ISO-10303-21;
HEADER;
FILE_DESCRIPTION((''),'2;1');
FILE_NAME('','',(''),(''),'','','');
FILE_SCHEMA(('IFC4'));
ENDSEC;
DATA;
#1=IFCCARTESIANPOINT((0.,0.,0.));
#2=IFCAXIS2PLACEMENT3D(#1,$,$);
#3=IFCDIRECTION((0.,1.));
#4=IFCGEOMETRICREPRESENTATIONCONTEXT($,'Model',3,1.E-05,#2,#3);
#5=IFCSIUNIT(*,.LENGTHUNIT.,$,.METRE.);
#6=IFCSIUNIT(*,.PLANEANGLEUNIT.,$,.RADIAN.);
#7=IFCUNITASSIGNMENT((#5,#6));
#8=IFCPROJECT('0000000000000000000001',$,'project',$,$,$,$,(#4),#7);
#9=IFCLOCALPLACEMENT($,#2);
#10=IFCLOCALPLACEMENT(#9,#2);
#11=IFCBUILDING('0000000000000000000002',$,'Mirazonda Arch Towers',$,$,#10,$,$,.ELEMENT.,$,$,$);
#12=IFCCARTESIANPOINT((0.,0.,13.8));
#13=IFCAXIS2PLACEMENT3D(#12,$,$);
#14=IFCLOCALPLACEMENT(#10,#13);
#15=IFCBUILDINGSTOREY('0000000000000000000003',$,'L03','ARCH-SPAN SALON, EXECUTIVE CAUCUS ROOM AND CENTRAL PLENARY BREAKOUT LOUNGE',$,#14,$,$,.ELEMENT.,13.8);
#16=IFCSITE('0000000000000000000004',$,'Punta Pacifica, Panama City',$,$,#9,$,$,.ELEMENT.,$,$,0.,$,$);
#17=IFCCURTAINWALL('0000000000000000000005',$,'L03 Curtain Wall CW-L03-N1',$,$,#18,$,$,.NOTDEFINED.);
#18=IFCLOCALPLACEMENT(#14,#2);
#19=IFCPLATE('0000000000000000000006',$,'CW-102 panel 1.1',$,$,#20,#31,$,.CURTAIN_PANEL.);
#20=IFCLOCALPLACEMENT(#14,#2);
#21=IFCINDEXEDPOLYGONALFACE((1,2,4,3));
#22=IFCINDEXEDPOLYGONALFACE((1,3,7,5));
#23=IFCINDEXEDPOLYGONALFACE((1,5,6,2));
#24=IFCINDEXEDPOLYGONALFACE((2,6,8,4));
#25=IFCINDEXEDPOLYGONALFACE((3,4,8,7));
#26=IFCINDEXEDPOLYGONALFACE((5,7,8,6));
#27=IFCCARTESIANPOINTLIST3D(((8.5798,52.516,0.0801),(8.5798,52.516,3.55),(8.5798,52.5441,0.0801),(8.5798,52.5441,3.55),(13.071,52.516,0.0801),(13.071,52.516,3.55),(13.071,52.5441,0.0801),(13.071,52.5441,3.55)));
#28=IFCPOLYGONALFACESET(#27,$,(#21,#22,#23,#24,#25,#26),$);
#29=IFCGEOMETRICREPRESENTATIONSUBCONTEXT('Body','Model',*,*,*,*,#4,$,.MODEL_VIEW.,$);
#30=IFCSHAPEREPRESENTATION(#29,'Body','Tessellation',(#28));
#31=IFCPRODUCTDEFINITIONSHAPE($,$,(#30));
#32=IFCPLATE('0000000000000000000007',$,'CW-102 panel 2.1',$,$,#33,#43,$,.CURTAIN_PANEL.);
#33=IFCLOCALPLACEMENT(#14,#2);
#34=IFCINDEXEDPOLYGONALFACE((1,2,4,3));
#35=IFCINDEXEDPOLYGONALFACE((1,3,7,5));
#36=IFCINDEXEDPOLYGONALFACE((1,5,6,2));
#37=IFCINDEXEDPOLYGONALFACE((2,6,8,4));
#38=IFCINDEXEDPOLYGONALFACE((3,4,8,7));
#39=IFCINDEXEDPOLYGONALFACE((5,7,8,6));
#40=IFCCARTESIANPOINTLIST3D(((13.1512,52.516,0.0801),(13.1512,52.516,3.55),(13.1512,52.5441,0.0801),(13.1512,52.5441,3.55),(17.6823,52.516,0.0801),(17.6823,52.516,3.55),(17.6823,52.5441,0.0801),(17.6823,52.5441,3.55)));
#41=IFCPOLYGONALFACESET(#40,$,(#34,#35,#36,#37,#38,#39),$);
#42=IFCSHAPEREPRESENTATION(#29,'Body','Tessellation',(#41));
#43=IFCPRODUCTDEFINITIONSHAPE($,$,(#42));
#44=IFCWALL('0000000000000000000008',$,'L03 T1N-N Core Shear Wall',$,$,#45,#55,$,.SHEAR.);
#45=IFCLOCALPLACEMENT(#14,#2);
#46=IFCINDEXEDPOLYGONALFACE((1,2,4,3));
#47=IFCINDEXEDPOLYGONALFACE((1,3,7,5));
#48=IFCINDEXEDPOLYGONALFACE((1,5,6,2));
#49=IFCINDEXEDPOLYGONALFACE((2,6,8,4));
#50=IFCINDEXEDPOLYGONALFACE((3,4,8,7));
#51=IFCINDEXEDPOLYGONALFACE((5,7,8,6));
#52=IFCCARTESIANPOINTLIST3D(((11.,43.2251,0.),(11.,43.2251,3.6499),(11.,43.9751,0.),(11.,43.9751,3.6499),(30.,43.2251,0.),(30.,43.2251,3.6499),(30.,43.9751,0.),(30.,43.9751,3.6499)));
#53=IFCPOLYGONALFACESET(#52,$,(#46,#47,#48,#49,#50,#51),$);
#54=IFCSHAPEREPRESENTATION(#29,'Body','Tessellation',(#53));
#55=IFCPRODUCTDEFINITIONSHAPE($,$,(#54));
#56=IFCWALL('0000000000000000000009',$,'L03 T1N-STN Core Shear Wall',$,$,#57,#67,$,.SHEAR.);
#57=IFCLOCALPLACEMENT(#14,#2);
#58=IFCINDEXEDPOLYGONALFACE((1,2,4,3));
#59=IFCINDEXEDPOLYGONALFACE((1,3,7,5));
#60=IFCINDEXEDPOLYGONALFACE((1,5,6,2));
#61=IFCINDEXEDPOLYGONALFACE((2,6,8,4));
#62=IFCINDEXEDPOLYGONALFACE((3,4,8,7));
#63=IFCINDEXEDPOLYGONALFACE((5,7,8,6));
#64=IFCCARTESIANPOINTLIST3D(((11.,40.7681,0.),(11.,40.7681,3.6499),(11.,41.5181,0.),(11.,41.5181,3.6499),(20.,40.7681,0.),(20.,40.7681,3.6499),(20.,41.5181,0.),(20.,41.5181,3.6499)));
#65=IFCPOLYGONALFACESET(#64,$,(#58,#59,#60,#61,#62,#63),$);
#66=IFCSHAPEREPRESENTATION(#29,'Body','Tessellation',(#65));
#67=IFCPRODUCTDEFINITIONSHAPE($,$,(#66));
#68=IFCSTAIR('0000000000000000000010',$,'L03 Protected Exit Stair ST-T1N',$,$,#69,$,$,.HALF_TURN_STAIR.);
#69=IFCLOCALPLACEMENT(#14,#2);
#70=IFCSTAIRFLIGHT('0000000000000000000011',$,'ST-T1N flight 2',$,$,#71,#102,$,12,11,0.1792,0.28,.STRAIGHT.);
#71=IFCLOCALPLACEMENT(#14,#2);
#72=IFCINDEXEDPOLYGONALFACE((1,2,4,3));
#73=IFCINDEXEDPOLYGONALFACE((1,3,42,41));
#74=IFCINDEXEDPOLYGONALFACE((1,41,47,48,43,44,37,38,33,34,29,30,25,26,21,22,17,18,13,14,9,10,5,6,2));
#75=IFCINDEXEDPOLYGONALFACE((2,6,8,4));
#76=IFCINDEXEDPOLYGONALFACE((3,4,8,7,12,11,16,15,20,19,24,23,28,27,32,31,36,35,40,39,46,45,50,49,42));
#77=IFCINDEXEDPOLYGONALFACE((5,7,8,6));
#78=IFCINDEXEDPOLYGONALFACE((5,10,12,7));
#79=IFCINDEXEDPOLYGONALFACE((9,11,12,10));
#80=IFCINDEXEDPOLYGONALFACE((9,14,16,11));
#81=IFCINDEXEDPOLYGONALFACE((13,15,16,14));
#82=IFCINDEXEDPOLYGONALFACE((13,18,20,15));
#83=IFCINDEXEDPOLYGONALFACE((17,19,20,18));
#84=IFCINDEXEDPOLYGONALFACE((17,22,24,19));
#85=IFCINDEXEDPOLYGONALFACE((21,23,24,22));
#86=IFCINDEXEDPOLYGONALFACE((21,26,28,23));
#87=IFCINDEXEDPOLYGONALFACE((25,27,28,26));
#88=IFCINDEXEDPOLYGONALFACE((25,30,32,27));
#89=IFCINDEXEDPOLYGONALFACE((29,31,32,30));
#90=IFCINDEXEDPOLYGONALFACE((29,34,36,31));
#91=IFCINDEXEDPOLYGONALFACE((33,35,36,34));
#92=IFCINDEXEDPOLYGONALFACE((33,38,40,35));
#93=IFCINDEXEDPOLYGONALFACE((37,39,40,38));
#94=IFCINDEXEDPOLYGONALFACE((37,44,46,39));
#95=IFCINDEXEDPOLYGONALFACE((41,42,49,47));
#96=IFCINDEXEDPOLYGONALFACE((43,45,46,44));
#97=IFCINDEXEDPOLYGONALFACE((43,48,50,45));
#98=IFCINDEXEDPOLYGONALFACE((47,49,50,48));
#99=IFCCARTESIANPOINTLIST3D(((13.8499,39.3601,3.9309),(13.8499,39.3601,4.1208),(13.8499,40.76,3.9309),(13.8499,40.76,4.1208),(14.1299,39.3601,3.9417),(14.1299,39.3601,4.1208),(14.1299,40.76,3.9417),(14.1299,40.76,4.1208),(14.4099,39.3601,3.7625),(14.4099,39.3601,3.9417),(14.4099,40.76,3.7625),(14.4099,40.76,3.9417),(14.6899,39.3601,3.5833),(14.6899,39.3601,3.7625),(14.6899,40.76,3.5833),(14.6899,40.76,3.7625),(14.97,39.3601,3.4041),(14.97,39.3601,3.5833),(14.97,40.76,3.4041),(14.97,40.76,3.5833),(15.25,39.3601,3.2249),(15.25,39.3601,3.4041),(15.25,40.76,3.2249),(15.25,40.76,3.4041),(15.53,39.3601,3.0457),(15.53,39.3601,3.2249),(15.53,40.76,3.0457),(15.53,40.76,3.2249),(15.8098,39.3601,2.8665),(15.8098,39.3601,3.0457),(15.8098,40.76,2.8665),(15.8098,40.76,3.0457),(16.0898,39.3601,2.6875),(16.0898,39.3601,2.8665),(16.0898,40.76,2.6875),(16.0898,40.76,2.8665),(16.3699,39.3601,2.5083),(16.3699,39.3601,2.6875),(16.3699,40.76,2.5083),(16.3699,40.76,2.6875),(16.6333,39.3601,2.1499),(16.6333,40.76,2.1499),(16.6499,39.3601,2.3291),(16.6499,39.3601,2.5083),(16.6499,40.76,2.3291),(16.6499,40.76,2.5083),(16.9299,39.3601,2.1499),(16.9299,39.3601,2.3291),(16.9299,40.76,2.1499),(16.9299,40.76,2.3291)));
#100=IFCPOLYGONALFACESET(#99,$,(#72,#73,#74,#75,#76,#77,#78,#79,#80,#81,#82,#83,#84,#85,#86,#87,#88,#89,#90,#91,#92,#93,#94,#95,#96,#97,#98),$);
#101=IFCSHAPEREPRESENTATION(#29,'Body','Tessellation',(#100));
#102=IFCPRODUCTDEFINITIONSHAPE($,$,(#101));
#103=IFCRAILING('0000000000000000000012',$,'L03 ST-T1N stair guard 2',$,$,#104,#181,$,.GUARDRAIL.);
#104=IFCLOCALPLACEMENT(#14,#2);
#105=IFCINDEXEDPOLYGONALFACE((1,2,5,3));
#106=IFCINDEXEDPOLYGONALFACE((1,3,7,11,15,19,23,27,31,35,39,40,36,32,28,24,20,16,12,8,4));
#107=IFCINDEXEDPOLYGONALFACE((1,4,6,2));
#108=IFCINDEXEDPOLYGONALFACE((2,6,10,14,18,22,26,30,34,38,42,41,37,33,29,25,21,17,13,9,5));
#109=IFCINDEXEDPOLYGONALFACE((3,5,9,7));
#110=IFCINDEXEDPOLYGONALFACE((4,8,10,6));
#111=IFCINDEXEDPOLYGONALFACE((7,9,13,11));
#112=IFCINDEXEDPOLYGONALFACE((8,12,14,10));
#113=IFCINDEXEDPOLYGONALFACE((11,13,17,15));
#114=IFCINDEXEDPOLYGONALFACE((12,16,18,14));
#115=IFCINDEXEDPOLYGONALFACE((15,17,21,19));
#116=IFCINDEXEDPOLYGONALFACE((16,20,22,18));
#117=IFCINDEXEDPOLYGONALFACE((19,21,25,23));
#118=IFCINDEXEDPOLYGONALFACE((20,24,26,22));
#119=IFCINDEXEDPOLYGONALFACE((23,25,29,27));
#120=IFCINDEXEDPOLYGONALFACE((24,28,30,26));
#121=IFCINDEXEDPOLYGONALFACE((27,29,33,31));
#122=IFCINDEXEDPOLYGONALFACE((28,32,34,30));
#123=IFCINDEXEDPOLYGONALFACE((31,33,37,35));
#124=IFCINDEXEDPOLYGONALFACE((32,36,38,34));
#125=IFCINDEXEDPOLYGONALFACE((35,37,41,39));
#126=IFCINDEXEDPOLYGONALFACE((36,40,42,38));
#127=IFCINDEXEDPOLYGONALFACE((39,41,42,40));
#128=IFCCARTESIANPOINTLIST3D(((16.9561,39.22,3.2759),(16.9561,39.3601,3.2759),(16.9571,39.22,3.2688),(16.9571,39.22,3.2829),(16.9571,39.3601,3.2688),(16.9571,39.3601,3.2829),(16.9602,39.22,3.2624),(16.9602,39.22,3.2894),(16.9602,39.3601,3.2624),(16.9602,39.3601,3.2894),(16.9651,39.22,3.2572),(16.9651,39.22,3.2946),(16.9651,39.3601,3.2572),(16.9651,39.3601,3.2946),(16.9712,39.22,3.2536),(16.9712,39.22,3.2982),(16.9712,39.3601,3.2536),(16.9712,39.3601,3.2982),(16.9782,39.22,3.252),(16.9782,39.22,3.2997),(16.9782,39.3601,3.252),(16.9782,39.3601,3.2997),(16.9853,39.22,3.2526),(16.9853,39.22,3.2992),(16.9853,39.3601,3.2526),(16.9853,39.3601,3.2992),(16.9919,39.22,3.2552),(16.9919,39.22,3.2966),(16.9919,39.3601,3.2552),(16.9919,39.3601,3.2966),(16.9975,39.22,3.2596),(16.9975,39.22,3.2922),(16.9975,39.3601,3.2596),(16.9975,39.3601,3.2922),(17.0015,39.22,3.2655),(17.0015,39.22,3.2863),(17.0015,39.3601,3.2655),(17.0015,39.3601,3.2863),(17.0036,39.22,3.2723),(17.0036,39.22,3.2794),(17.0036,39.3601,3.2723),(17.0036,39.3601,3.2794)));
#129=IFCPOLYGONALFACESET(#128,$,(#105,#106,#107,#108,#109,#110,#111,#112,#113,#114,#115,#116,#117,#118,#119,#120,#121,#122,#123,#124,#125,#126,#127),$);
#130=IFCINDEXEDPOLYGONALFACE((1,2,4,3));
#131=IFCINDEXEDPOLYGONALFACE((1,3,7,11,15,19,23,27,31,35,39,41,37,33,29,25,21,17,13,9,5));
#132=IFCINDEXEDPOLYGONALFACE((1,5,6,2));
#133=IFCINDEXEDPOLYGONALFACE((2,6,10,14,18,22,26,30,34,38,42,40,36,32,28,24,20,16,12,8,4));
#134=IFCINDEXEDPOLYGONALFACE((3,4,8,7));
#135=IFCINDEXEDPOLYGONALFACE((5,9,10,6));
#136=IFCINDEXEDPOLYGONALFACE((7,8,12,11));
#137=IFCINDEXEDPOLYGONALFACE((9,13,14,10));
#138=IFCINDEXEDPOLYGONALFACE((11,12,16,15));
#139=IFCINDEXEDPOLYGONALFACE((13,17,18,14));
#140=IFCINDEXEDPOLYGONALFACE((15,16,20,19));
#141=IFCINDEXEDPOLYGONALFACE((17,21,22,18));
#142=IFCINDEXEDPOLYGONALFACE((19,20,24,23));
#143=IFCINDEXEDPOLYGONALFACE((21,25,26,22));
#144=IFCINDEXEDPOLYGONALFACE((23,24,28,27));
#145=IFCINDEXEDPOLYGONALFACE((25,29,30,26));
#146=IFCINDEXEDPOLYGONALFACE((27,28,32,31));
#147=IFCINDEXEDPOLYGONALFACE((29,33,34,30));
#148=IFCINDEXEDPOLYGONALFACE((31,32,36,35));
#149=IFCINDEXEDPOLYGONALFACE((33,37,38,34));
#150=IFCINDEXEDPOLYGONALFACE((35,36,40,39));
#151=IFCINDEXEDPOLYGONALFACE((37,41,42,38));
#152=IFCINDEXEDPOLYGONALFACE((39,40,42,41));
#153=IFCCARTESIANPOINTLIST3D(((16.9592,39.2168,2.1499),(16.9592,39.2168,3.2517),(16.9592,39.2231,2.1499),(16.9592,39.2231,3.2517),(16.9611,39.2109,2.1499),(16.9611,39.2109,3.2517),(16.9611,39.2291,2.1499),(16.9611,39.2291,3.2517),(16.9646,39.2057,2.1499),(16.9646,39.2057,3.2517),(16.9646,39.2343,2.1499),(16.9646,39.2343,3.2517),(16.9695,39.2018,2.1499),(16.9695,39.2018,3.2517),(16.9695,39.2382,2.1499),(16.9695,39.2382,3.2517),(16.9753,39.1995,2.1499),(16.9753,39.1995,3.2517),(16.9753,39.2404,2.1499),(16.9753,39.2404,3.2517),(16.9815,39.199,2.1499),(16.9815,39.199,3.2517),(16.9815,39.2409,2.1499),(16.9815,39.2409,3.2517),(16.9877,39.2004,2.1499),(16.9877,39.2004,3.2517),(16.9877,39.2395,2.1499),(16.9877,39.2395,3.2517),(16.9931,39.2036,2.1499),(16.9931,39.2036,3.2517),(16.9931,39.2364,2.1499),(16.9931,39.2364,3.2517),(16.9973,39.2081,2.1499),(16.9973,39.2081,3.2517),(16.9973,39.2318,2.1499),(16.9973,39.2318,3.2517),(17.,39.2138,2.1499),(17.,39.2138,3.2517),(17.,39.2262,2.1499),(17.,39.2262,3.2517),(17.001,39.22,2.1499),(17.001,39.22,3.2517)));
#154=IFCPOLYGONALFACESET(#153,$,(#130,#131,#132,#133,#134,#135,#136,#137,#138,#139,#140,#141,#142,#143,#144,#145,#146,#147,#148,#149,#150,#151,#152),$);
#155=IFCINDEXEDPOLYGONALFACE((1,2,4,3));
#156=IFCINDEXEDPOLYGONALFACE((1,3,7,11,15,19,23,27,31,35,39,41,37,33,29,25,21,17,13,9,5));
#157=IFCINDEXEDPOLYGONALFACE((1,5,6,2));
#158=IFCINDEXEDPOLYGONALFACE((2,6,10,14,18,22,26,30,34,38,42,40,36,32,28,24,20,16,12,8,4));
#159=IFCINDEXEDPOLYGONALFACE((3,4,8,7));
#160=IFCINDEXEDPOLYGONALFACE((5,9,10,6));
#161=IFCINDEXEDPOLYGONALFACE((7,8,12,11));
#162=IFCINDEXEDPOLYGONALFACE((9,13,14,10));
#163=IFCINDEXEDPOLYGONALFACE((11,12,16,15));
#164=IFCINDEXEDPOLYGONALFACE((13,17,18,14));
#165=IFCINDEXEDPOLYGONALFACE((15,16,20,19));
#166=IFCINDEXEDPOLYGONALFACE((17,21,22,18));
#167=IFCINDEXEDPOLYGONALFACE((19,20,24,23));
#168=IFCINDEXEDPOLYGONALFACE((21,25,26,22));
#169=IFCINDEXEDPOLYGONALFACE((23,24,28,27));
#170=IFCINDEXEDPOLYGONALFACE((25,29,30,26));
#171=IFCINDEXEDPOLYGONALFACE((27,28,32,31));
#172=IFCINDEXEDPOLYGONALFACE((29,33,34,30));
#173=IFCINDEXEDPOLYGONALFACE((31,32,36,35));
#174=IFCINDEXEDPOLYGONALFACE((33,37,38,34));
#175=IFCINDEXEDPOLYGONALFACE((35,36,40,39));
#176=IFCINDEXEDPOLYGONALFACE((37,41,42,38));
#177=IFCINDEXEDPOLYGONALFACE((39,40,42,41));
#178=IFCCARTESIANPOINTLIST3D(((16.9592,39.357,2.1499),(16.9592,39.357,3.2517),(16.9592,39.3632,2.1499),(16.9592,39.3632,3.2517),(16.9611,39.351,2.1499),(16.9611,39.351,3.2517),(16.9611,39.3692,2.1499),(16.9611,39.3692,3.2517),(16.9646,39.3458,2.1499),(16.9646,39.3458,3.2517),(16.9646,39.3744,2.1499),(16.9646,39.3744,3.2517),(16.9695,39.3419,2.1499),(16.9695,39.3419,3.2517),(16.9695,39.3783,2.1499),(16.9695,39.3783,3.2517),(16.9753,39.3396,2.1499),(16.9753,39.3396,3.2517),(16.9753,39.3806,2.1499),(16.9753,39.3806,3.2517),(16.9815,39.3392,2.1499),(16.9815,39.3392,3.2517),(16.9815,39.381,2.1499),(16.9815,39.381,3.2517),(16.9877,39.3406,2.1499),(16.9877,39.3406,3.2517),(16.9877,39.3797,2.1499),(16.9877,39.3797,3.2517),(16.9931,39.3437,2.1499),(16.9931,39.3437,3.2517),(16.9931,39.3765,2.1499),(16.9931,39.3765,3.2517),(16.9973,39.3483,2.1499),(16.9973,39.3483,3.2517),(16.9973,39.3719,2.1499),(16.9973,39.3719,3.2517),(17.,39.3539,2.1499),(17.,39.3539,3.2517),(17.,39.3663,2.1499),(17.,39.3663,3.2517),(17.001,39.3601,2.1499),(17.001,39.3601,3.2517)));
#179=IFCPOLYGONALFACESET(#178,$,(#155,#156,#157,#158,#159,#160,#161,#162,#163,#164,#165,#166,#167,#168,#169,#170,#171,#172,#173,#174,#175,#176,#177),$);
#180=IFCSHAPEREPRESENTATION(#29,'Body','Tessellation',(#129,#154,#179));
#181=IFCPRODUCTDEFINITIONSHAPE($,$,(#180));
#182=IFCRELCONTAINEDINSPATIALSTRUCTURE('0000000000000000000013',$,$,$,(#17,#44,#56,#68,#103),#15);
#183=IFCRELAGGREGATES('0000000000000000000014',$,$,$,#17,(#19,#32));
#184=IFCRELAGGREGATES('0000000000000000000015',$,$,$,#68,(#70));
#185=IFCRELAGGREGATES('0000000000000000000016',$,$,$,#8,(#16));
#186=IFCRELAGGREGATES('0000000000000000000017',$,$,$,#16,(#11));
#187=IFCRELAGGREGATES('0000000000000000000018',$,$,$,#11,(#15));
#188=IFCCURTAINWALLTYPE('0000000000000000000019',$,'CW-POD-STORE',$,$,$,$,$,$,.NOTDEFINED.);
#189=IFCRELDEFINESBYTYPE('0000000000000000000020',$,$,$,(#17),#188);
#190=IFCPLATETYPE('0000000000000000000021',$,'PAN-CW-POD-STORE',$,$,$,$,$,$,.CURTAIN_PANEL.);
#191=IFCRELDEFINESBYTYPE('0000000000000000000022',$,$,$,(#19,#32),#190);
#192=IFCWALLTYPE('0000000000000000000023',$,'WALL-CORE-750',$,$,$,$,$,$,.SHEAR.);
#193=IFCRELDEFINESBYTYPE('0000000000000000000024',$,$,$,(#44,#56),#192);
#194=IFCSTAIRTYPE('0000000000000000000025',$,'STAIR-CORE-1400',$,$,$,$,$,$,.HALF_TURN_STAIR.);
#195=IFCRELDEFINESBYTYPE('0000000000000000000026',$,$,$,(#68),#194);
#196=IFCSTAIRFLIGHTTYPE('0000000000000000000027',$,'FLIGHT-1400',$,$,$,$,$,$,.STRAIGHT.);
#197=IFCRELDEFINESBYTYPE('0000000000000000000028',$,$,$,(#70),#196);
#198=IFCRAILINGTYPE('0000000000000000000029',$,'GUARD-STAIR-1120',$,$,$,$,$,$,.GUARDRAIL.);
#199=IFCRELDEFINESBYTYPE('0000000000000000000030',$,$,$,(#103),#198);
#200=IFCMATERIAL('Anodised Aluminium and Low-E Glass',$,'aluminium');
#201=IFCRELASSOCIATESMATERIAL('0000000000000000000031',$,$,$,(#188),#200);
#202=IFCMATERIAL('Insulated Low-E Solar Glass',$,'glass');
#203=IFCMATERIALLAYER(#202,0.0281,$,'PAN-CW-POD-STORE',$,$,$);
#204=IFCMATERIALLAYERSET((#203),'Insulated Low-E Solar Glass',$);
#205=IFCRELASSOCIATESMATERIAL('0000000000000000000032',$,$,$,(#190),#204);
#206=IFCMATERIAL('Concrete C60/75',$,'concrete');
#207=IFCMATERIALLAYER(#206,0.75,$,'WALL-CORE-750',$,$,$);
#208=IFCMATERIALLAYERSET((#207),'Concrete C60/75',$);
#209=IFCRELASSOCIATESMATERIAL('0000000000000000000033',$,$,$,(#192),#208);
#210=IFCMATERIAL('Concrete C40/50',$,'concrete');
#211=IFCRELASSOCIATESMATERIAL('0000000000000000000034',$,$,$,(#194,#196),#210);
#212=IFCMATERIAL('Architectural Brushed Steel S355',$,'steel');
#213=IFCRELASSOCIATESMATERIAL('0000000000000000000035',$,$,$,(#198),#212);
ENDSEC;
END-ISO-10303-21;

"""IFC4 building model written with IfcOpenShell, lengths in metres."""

from ifc_helpers import new_model, si_unit, direction, frame, frame_2d, origin, origin_2d, place, context, subcontext, project, spatial, polyline, rectangle, circle, outline, extrude, material, layer, layer_set, type_object, element, aggregate, save


model = new_model("IFC4")

# Units and contexts
model_context = context("Model", 3, precision=1e-05, world=origin(), true_north=direction((0.0, 1.0)))
body_context = subcontext(model_context, "Body", "Model", "MODEL_VIEW")
ifc_project = project(units=[si_unit("LENGTHUNIT", "METRE"), si_unit("PLANEANGLEUNIT", "RADIAN")], contexts=[model_context])

# Site, building, storey
site_placement = place(None, origin())
site = spatial("IfcSite", under=ifc_project, at=site_placement, Name="Punta Pacifica, Panama City", CompositionType="ELEMENT", RefElevation=0.0)
building_placement = place(site_placement, origin())
building = spatial("IfcBuilding", under=site, at=building_placement, Name="Mirazonda Arch Towers", CompositionType="ELEMENT")
storey_placement = place(building_placement, frame((0.0, 0.0, 13.8)))
storey = spatial("IfcBuildingStorey", under=building, at=storey_placement, Name="L03", Description="ARCH-SPAN SALON, EXECUTIVE CAUCUS ROOM AND CENTRAL PLENARY BREAKOUT LOUNGE", CompositionType="ELEMENT", Elevation=13.8)

# Shared definitions
ifc_material_1 = material(Name="Concrete C60/75", Category="concrete")

# Curtain wall, plates
ifc_material_2 = material(Name="Anodised Aluminium and Low-E Glass", Category="aluminium")
curtain_wall_type = type_object("IfcCurtainWallType", Name="CW-POD-STORE", PredefinedType="NOTDEFINED", material=ifc_material_2)
curtain_wall_placement = place(storey_placement, origin())
curtain_wall = element("IfcCurtainWall", 1, at=curtain_wall_placement, inside=storey, type_object=curtain_wall_type, Name="L03 Curtain Wall CW-L03-N1", PredefinedType="NOTDEFINED")
ifc_material_3 = material(Name="Insulated Low-E Solar Glass", Category="glass")
ifc_layer_1 = layer(ifc_material_3, 0.0281, Name="PAN-CW-POD-STORE")
ifc_layer_set_1 = layer_set([ifc_layer_1], Name="Insulated Low-E Solar Glass")
plate_type = type_object("IfcPlateType", Name="PAN-CW-POD-STORE", PredefinedType="CURTAIN_PANEL", material=ifc_layer_set_1)
plate_1_placement = place(storey_placement, frame((10.8254, 52.53, 0.0801), z_axis=(0.0, 0.0, 1.0), x_axis=(1.0, 0.0, 0.0)))
plate_1 = element("IfcPlate", 2, at=plate_1_placement, type_object=plate_type, Name="CW-102 panel 1.1", PredefinedType="CURTAIN_PANEL", context=body_context, shape_type="SweptSolid", body=[
    extrude(rectangle(XDim=4.4912, YDim=0.0281, at=origin_2d()), origin(), (0.0, 0.0, 1.0), 3.47),
])
plate_2_placement = place(storey_placement, frame((15.4167, 52.53, 0.0801), z_axis=(0.0, 0.0, 1.0), x_axis=(1.0, 0.0, 0.0)))
plate_2 = element("IfcPlate", 3, at=plate_2_placement, type_object=plate_type, Name="CW-102 panel 2.1", PredefinedType="CURTAIN_PANEL", context=body_context, shape_type="SweptSolid", body=[
    extrude(rectangle(XDim=4.531, YDim=0.0281, at=origin_2d()), origin(), (0.0, 0.0, 1.0), 3.47),
])
aggregate(curtain_wall, [plate_1, plate_2])

# Walls
ifc_layer_2 = layer(ifc_material_1, 0.75, Name="WALL-CORE-750")
ifc_layer_set_2 = layer_set([ifc_layer_2], Name="Concrete C60/75")
wall_type = type_object("IfcWallType", Name="WALL-CORE-750", PredefinedType="SHEAR", material=ifc_layer_set_2)
wall_1_placement = place(storey_placement, frame((11.0, 43.6001, 0.0), z_axis=(0.0, 0.0, 1.0), x_axis=(1.0, 0.0, 0.0)))
element("IfcWall", 4, at=wall_1_placement, inside=storey, type_object=wall_type, Name="L03 T1N-N Core Shear Wall", PredefinedType="SHEAR", context=body_context, shape_type="SweptSolid", body=[
    extrude(rectangle(XDim=19.0, YDim=0.75, at=frame_2d((9.5, 0.0))), origin(), (0.0, 0.0, 1.0), 3.6499),
])
wall_2_placement = place(storey_placement, frame((11.0, 41.1431, 0.0), z_axis=(0.0, 0.0, 1.0), x_axis=(1.0, 0.0, 0.0)))
element("IfcWall", 5, at=wall_2_placement, inside=storey, type_object=wall_type, Name="L03 T1N-STN Core Shear Wall", PredefinedType="SHEAR", context=body_context, shape_type="SweptSolid", body=[
    extrude(rectangle(XDim=9.0, YDim=0.75, at=frame_2d((4.5, 0.0))), origin(), (0.0, 0.0, 1.0), 3.6499),
])

# Stair, stair flight
ifc_material_4 = material(Name="Concrete C40/50", Category="concrete")
stair_type = type_object("IfcStairType", Name="STAIR-CORE-1400", PredefinedType="HALF_TURN_STAIR", material=ifc_material_4)
stair_placement = place(storey_placement, origin())
stair = element("IfcStair", 6, at=stair_placement, inside=storey, type_object=stair_type, Name="L03 Protected Exit Stair ST-T1N", PredefinedType="HALF_TURN_STAIR")
stair_flight_type = type_object("IfcStairFlightType", Name="FLIGHT-1400", PredefinedType="STRAIGHT", material=ifc_material_4)
stair_flight_placement = place(storey_placement, frame((16.9299, 40.0601, 2.1499), z_axis=(0.0, 0.0, 1.0), x_axis=(-1.0, 0.0, 0.0)))
stair_flight = element("IfcStairFlight", 7, at=stair_flight_placement, type_object=stair_flight_type, Name="ST-T1N flight 2", NumberOfRisers=12, NumberOfTreads=11, PredefinedType="STRAIGHT", RiserHeight=0.1792, TreadLength=0.28, context=body_context, shape_type="SweptSolid", body=[
    extrude(outline(polyline([(0.0, 0.0), (0.0, 0.1792), (0.28, 0.1792), (0.28, 0.3584), (0.5601, 0.3584), (0.5601, 0.5376), (0.8401, 0.5376), (0.8401, 0.7166), (1.1201, 0.7166), (1.1201, 0.8958), (1.3999, 0.8958), (1.3999, 1.075), (1.6799, 1.075), (1.6799, 1.2542), (1.96, 1.2542), (1.96, 1.4333), (2.24, 1.4333), (2.24, 1.6125), (2.52, 1.6125), (2.52, 1.7917), (2.8, 1.7917), (2.8, 1.9709), (3.0801, 1.9709), (3.0801, 2.1499), (3.0801, 1.781), (0.2966, 0.0), (0.0, 0.0)])), frame((0.0, 0.7, 0.0), z_axis=(0.0, -1.0, 0.0), x_axis=(1.0, 0.0, 0.0)), (0.0, 0.0, 1.0), 1.3999),
])
aggregate(stair, [stair_flight])

# Railing
ifc_material_5 = material(Name="Architectural Brushed Steel S355", Category="steel")
railing_type_1 = type_object("IfcRailingType", Name="GUARD-STAIR-1120", PredefinedType="GUARDRAIL", material=ifc_material_5)
railing_1_placement = place(storey_placement, frame((16.98, 39.22, 2.1499)))
element("IfcRailing", 8, at=railing_1_placement, inside=storey, type_object=railing_type_1, Name="L03 ST-T1N stair guard 2", PredefinedType="GUARDRAIL", context=body_context, shape_type="SweptSolid", body=[
    extrude(circle(Radius=0.0239, at=origin_2d()), frame((0.0, 0.0, 1.126), z_axis=(0.0, 1.0, 0.0), x_axis=(-1.0, 0.0, 0.0)), (0.0, 0.0, 1.0), 0.1401),
    extrude(circle(Radius=0.021, at=origin_2d()), origin(), (0.0, 0.0, 1.0), 1.1018),
    extrude(circle(Radius=0.021, at=origin_2d()), frame((0.0, 0.1401, 0.0)), (0.0, 0.0, 1.0), 1.1018),
])

save(model, "model.ifc")
